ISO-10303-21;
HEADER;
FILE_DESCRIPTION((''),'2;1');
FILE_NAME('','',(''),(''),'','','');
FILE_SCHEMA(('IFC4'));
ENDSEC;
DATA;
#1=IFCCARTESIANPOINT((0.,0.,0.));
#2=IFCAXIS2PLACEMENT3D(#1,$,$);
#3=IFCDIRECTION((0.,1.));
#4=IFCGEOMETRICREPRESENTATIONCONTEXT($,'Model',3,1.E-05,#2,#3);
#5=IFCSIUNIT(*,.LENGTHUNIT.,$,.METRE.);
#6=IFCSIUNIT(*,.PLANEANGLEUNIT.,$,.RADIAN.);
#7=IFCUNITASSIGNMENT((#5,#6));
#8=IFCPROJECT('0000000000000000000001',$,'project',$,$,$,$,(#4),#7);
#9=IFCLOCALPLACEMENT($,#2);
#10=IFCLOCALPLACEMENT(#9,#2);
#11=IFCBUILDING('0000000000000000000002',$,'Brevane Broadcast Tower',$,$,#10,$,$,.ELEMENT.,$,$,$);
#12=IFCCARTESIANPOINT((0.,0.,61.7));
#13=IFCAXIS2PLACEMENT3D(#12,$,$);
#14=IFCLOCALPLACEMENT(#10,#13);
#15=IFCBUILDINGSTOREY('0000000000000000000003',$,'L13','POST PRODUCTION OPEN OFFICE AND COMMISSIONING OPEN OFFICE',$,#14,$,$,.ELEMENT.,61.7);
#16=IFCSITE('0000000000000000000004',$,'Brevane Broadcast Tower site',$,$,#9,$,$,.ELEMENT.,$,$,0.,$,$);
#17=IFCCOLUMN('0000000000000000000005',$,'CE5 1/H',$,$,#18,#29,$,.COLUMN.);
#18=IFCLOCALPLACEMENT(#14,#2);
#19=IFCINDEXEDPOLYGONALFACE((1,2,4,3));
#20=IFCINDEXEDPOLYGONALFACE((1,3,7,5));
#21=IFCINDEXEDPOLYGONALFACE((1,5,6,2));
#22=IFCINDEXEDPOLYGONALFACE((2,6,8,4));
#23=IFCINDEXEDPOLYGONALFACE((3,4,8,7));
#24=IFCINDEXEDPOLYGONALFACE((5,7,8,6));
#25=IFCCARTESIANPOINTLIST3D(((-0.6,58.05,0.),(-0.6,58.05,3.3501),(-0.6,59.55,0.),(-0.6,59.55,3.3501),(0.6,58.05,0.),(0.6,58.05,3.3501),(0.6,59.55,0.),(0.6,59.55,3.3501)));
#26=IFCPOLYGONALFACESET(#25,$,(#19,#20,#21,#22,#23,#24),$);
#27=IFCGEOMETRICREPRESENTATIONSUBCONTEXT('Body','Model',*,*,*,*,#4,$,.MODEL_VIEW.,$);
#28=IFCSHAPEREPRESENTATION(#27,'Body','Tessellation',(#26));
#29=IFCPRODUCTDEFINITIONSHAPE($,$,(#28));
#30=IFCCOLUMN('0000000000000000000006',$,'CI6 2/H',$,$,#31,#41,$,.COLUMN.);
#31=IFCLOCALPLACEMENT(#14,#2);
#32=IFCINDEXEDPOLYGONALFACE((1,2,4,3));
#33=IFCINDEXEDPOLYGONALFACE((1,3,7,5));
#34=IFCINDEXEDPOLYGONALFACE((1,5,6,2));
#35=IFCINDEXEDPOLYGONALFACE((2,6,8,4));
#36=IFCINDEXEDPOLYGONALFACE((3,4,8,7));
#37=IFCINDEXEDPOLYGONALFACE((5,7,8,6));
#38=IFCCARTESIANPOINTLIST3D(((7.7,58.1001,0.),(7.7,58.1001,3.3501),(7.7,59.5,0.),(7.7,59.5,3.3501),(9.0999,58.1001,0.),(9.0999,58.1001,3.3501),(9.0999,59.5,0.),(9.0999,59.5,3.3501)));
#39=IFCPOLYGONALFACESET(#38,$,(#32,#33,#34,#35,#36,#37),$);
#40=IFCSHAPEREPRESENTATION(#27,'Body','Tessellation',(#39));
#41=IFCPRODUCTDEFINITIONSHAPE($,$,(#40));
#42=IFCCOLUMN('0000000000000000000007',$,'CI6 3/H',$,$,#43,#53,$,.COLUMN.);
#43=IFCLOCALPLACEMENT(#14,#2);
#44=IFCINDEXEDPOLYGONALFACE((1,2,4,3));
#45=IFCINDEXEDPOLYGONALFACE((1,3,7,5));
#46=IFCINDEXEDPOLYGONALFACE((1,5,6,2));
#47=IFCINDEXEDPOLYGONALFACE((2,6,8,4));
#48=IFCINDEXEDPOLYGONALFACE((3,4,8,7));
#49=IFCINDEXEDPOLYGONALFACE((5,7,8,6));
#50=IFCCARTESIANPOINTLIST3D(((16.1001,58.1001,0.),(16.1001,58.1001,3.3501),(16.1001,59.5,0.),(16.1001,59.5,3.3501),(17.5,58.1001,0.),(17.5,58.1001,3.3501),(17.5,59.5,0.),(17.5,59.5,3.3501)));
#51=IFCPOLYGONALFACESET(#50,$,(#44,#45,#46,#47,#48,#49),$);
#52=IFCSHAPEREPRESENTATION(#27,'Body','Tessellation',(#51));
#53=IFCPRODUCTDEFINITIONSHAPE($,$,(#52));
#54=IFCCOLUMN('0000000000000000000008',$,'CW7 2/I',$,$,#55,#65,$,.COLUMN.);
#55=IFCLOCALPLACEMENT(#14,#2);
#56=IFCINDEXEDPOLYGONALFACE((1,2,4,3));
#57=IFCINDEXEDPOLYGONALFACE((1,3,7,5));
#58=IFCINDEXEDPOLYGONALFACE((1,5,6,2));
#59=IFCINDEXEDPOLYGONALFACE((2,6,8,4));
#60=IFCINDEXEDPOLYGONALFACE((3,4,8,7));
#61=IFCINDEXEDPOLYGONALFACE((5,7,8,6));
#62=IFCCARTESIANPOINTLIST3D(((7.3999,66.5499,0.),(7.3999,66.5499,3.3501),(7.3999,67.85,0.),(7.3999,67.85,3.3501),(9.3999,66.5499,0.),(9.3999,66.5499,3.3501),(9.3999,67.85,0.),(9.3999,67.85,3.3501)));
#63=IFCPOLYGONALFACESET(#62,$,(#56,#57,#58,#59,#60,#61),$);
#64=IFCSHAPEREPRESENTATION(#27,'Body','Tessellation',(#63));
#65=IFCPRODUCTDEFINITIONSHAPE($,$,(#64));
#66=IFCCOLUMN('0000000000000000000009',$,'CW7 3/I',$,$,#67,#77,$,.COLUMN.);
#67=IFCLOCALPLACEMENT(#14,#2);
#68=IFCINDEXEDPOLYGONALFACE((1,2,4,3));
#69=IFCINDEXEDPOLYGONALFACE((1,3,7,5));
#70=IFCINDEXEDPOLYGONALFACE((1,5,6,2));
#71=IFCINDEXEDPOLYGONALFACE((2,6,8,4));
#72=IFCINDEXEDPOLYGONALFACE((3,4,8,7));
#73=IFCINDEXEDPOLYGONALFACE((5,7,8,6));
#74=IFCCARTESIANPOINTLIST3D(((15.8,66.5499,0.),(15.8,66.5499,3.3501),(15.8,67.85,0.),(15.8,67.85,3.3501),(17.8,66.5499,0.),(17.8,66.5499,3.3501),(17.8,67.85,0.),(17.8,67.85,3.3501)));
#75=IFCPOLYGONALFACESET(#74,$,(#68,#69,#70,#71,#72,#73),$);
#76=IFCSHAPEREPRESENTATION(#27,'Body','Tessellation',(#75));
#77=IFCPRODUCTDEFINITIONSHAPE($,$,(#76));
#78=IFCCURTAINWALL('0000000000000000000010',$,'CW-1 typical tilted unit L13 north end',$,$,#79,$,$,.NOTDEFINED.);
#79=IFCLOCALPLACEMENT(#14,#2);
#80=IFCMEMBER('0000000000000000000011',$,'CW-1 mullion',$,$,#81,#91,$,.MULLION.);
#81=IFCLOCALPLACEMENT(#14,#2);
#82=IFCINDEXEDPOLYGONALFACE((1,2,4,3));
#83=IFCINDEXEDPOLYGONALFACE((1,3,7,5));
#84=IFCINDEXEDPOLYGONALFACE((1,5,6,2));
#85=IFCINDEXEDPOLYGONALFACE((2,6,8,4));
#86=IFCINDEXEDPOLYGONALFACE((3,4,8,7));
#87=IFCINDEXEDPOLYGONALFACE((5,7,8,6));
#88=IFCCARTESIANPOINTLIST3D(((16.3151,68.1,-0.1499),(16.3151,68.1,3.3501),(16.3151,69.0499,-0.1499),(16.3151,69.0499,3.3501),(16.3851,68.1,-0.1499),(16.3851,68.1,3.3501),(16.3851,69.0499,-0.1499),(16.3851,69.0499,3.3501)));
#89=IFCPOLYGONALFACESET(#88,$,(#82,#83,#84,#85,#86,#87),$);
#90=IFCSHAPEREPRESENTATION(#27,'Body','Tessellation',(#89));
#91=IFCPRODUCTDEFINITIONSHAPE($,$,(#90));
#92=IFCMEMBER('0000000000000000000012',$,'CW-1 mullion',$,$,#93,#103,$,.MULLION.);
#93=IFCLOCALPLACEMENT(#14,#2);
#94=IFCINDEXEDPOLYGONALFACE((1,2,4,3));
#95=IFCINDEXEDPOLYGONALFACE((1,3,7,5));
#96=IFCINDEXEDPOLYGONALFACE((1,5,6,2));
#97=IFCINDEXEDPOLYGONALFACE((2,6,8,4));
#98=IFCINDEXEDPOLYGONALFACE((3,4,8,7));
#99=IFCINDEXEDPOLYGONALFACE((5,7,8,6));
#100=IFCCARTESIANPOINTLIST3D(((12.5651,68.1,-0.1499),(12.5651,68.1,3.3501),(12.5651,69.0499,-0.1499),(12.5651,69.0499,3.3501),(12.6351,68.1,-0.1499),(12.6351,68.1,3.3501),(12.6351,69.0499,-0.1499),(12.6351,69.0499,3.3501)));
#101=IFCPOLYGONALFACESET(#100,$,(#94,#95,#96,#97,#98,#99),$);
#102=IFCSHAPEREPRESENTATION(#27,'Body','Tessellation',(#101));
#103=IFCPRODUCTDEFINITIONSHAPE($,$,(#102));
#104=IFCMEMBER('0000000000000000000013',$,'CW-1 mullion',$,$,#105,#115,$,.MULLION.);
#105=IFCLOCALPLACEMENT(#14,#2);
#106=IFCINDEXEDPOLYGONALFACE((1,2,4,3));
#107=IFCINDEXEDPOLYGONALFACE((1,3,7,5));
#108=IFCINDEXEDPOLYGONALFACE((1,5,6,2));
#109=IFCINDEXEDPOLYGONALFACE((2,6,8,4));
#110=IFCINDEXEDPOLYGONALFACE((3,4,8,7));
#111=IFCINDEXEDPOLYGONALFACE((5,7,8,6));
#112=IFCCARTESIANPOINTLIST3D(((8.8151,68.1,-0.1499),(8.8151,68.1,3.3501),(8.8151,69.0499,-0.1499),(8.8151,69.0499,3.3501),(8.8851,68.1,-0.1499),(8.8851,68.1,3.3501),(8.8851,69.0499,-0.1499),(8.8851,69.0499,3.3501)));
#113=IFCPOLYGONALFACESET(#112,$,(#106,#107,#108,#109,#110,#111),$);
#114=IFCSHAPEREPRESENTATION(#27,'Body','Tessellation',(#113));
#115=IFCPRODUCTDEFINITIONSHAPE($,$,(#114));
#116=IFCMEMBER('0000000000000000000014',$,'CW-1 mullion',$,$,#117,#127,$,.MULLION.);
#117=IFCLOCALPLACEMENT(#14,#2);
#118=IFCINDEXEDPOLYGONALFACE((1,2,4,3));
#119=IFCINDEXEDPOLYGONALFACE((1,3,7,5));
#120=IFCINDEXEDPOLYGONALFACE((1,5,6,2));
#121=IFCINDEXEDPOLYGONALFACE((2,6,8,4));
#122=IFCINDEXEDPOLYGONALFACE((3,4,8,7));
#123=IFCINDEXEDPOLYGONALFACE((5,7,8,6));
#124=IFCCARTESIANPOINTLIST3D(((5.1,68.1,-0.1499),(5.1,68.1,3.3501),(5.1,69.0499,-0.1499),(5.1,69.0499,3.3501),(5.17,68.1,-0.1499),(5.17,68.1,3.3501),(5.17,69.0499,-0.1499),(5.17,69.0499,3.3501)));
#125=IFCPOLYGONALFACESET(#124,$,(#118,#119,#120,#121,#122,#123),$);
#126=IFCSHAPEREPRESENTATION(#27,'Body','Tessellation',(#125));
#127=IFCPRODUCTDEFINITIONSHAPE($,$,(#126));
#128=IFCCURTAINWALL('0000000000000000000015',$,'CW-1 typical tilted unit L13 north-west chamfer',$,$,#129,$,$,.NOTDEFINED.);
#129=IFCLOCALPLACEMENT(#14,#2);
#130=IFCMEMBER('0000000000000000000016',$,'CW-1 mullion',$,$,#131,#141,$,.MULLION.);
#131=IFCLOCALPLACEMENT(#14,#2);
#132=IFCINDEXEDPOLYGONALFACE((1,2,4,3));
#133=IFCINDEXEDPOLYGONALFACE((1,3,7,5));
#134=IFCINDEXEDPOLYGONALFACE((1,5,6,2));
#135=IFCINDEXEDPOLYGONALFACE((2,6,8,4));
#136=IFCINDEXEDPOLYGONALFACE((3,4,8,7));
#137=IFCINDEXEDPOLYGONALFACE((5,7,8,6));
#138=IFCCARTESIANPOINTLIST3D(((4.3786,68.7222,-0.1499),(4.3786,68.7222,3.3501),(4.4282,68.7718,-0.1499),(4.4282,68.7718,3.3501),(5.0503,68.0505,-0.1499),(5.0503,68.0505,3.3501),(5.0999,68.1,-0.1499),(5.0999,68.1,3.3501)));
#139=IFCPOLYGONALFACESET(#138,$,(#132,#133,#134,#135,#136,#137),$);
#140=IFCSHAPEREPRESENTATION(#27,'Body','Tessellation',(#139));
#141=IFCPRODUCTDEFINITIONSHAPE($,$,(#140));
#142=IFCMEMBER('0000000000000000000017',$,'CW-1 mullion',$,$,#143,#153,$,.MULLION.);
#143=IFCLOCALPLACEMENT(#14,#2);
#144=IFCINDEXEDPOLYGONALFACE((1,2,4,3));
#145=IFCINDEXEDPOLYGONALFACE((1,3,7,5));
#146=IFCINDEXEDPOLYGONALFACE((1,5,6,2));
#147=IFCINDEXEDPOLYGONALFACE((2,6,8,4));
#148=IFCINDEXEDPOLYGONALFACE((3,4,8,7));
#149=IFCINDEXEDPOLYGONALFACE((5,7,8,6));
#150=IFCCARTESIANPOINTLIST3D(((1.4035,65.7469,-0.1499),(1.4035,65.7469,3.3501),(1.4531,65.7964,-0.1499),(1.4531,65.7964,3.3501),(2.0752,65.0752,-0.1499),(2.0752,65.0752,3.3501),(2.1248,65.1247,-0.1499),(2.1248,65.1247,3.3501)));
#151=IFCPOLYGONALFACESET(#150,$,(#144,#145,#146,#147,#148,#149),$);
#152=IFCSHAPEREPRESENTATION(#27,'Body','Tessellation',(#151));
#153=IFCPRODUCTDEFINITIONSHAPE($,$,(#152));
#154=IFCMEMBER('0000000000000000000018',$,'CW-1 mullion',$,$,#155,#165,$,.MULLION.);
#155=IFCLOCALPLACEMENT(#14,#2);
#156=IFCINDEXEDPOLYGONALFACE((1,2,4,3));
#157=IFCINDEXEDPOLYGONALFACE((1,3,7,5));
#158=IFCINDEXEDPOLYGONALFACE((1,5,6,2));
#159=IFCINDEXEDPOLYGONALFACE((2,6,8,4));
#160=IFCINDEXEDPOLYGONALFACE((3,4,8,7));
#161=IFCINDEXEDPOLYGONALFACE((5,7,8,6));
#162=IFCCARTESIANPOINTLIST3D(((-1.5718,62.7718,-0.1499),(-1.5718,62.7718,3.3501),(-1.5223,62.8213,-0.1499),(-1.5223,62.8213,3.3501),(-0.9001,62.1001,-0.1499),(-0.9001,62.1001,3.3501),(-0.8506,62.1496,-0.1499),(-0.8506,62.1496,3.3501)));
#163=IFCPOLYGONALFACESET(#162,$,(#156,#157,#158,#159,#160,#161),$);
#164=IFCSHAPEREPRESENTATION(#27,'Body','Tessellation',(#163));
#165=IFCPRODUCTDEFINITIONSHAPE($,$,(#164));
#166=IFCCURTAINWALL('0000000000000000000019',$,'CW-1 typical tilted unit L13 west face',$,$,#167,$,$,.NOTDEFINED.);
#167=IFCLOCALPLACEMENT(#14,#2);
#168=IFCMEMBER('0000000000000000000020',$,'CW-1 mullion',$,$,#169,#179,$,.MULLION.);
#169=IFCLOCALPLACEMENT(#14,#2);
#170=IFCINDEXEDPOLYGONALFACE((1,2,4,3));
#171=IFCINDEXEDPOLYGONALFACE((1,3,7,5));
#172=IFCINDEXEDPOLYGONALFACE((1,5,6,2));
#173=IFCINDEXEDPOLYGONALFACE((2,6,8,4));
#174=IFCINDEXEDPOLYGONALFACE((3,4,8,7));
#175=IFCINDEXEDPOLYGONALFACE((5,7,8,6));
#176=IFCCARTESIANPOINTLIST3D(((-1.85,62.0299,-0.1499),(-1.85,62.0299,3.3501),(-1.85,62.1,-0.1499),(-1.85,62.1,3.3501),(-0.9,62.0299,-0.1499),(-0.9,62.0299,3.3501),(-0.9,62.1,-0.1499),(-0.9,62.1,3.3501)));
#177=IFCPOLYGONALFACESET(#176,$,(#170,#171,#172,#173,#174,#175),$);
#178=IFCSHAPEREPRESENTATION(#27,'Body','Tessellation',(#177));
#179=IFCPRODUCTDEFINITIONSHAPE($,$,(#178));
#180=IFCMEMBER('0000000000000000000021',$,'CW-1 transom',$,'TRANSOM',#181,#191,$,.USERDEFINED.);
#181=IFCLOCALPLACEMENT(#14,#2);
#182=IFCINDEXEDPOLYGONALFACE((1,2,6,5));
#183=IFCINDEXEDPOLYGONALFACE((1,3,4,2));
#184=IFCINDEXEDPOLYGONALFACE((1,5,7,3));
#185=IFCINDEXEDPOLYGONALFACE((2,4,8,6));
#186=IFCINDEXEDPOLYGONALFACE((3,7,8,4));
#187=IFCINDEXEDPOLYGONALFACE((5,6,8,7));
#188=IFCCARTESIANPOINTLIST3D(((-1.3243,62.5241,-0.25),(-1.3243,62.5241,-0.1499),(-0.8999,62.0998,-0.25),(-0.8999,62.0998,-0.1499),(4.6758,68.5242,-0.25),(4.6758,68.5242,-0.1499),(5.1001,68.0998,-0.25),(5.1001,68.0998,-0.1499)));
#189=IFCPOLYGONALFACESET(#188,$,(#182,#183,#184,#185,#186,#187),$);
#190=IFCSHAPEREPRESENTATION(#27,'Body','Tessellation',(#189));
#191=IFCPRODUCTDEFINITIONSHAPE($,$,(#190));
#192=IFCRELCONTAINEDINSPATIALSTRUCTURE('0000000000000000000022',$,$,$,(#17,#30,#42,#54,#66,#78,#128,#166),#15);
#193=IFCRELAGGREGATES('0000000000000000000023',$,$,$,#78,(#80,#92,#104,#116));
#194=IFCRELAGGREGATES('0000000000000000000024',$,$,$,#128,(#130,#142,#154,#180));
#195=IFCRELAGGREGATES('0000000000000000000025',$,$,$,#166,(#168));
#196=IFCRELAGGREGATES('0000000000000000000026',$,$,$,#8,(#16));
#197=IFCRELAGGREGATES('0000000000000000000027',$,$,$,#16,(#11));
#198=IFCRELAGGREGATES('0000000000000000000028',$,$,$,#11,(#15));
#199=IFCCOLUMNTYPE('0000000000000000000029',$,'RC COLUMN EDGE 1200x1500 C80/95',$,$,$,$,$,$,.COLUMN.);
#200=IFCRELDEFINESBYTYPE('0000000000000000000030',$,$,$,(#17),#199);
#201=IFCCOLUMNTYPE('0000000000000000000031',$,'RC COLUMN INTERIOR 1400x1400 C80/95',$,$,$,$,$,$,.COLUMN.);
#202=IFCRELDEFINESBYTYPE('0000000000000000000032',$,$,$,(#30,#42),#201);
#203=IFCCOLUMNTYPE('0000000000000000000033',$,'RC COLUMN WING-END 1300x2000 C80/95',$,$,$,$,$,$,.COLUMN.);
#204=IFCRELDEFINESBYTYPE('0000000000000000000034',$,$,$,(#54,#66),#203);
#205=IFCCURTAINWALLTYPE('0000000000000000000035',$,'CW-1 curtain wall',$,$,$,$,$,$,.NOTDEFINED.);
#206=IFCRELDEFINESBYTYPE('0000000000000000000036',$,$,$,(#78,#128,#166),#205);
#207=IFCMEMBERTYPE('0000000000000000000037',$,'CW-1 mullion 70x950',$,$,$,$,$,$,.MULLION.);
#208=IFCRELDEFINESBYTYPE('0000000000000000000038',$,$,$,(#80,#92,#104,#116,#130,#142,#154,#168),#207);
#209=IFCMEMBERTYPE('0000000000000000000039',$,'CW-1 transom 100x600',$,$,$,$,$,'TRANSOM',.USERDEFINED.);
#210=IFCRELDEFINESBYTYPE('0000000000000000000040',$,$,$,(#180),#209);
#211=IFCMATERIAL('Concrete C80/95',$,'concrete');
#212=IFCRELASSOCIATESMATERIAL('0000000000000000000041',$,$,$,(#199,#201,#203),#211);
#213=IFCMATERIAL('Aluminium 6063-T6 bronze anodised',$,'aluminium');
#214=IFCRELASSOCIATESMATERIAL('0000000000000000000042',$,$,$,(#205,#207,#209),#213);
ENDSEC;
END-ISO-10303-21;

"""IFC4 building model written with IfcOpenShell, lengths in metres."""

from ifc_helpers import new_model, si_unit, direction, frame, origin, origin_2d, place, context, subcontext, project, spatial, rectangle, extrude, material, material_profile, profile_set, type_object, element, aggregate, save


model = new_model("IFC4")

# Units and contexts
model_context = context("Model", 3, precision=1e-05, world=origin(), true_north=direction((0.0, 1.0)))
body_context = subcontext(model_context, "Body", "Model", "MODEL_VIEW")
ifc_project = project(units=[si_unit("LENGTHUNIT", "METRE"), si_unit("PLANEANGLEUNIT", "RADIAN")], contexts=[model_context])

# Site, building, storey
site_placement = place(None, origin())
site = spatial("IfcSite", under=ifc_project, at=site_placement, Name="Brevane Broadcast Tower site", CompositionType="ELEMENT", RefElevation=0.0)
building_placement = place(site_placement, origin())
building = spatial("IfcBuilding", under=site, at=building_placement, Name="Brevane Broadcast Tower", CompositionType="ELEMENT")
storey_placement = place(building_placement, frame((0.0, 0.0, 61.7)))
storey = spatial("IfcBuildingStorey", under=building, at=storey_placement, Name="L13", Description="POST PRODUCTION OPEN OFFICE AND COMMISSIONING OPEN OFFICE", CompositionType="ELEMENT", Elevation=61.7)

# Columns
ifc_material_1 = material(Name="Concrete C80/95", Category="concrete")
ifc_material_profile_1 = material_profile(ifc_material_1, rectangle(XDim=1.2, YDim=1.5, at=origin_2d()), Name="RC 1200x1500")
ifc_profile_set_1 = profile_set([ifc_material_profile_1], Name="Concrete C80/95")
column_type_1 = type_object("IfcColumnType", Name="RC COLUMN EDGE 1200x1500 C80/95", PredefinedType="COLUMN", material=ifc_profile_set_1)
column_placement = place(storey_placement, frame((0.0, 58.8, 0.0), z_axis=(0.0, 0.0, 1.0), x_axis=(1.0, 0.0, 0.0)))
element("IfcColumn", 1, at=column_placement, inside=storey, type_object=column_type_1, Name="CE5 1/H", PredefinedType="COLUMN", context=body_context, shape_type="SweptSolid", body=[
    extrude(rectangle(XDim=1.2, YDim=1.5, at=origin_2d()), origin(), (0.0, 0.0, 1.0), 3.3501),
])
ifc_material_profile_2 = material_profile(ifc_material_1, rectangle(XDim=1.3999, YDim=1.3999, at=origin_2d()), Name="RC 1400x1400")
ifc_profile_set_2 = profile_set([ifc_material_profile_2], Name="Concrete C80/95")
column_type_2 = type_object("IfcColumnType", Name="RC COLUMN INTERIOR 1400x1400 C80/95", PredefinedType="COLUMN", material=ifc_profile_set_2)
for number, where, z_axis, x_axis, name in (
    (2, (8.3999, 58.8, 0.0), (0.0, 0.0, 1.0), (1.0, 0.0, 0.0), "CI6 2/H"),
    (3, (16.8, 58.8, 0.0), (0.0, 0.0, 1.0), (1.0, 0.0, 0.0), "CI6 3/H"),
):
    element("IfcColumn", number, at=place(storey_placement, frame(where, z_axis=z_axis, x_axis=x_axis)), inside=storey, type_object=column_type_2, Name=name, PredefinedType="COLUMN", context=body_context, shape_type="SweptSolid", body=[
        extrude(rectangle(XDim=1.3999, YDim=1.3999, at=origin_2d()), origin(), (0.0, 0.0, 1.0), 3.3501),
    ])
ifc_material_profile_3 = material_profile(ifc_material_1, rectangle(XDim=1.3, YDim=2.0, at=origin_2d()), Name="RC 1300x2000")
ifc_profile_set_3 = profile_set([ifc_material_profile_3], Name="Concrete C80/95")
column_type_3 = type_object("IfcColumnType", Name="RC COLUMN WING-END 1300x2000 C80/95", PredefinedType="COLUMN", material=ifc_profile_set_3)
for number, where, z_axis, x_axis, name in (
    (4, (8.3999, 67.2, 0.0), (0.0, 0.0, 1.0), (0.0, 1.0, 0.0), "CW7 2/I"),
    (5, (16.8, 67.2, 0.0), (0.0, 0.0, 1.0), (0.0, 1.0, 0.0), "CW7 3/I"),
):
    element("IfcColumn", number, at=place(storey_placement, frame(where, z_axis=z_axis, x_axis=x_axis)), inside=storey, type_object=column_type_3, Name=name, PredefinedType="COLUMN", context=body_context, shape_type="SweptSolid", body=[
        extrude(rectangle(XDim=1.3, YDim=2.0, at=origin_2d()), origin(), (0.0, 0.0, 1.0), 3.3501),
    ])

# Curtain walls, members
ifc_material_2 = material(Name="Aluminium 6063-T6 bronze anodised", Category="aluminium")
curtain_wall_type = type_object("IfcCurtainWallType", Name="CW-1 curtain wall", PredefinedType="NOTDEFINED", material=ifc_material_2)
curtain_wall_1_placement = place(storey_placement, origin())
curtain_wall_1 = element("IfcCurtainWall", 6, at=curtain_wall_1_placement, inside=storey, type_object=curtain_wall_type, Name="CW-1 typical tilted unit L13 north end", PredefinedType="NOTDEFINED")
ifc_material_profile_4 = material_profile(ifc_material_2, rectangle(XDim=0.95, YDim=0.0701, at=origin_2d()), Name="RECT 70x950")
ifc_profile_set_4 = profile_set([ifc_material_profile_4], Name="Aluminium 6063-T6 bronze anodised")
member_type_1 = type_object("IfcMemberType", Name="CW-1 mullion 70x950", PredefinedType="MULLION", material=ifc_profile_set_4)
member_1_placement = place(storey_placement, frame((16.3501, 68.575, -0.1499), z_axis=(0.0, 0.0, 1.0), x_axis=(0.0, -1.0, 0.0)))
member_1 = element("IfcMember", 7, at=member_1_placement, type_object=member_type_1, Name="CW-1 mullion", PredefinedType="MULLION", context=body_context, shape_type="SweptSolid", body=[
    extrude(rectangle(XDim=0.95, YDim=0.0701, at=origin_2d()), origin(), (0.0, 0.0, 1.0), 3.5),
])
member_2_placement = place(storey_placement, frame((12.6001, 68.575, -0.1499), z_axis=(0.0, 0.0, 1.0), x_axis=(0.0, -1.0, 0.0)))
member_2 = element("IfcMember", 8, at=member_2_placement, type_object=member_type_1, Name="CW-1 mullion", PredefinedType="MULLION", context=body_context, shape_type="SweptSolid", body=[
    extrude(rectangle(XDim=0.95, YDim=0.0701, at=origin_2d()), origin(), (0.0, 0.0, 1.0), 3.5),
])
member_3_placement = place(storey_placement, frame((8.8501, 68.575, -0.1499), z_axis=(0.0, 0.0, 1.0), x_axis=(0.0, -1.0, 0.0)))
member_3 = element("IfcMember", 9, at=member_3_placement, type_object=member_type_1, Name="CW-1 mullion", PredefinedType="MULLION", context=body_context, shape_type="SweptSolid", body=[
    extrude(rectangle(XDim=0.95, YDim=0.0701, at=origin_2d()), origin(), (0.0, 0.0, 1.0), 3.5),
])
member_4_placement = place(storey_placement, frame((5.135, 68.575, -0.1499), z_axis=(0.0, 0.0, 1.0), x_axis=(0.0, -1.0, 0.0)))
member_4 = element("IfcMember", 10, at=member_4_placement, type_object=member_type_1, Name="CW-1 mullion", PredefinedType="MULLION", context=body_context, shape_type="SweptSolid", body=[
    extrude(rectangle(XDim=0.95, YDim=0.0701, at=origin_2d()), origin(), (0.0, 0.0, 1.0), 3.5),
])
aggregate(curtain_wall_1, [member_1, member_2, member_3, member_4])
curtain_wall_2_placement = place(storey_placement, origin())
curtain_wall_2 = element("IfcCurtainWall", 11, at=curtain_wall_2_placement, inside=storey, type_object=curtain_wall_type, Name="CW-1 typical tilted unit L13 north-west chamfer", PredefinedType="NOTDEFINED")
member_5_placement = place(storey_placement, frame((4.7393, 68.4111, -0.1499), z_axis=(0.0, 0.0, 1.0), x_axis=(0.707107, -0.707107, 0.0)))
member_5 = element("IfcMember", 12, at=member_5_placement, type_object=member_type_1, Name="CW-1 mullion", PredefinedType="MULLION", context=body_context, shape_type="SweptSolid", body=[
    extrude(rectangle(XDim=0.95, YDim=0.0701, at=origin_2d()), origin(), (0.0, 0.0, 1.0), 3.5),
])
member_6_placement = place(storey_placement, frame((1.7642, 65.4358, -0.1499), z_axis=(0.0, 0.0, 1.0), x_axis=(0.707107, -0.707107, 0.0)))
member_6 = element("IfcMember", 13, at=member_6_placement, type_object=member_type_1, Name="CW-1 mullion", PredefinedType="MULLION", context=body_context, shape_type="SweptSolid", body=[
    extrude(rectangle(XDim=0.95, YDim=0.0701, at=origin_2d()), origin(), (0.0, 0.0, 1.0), 3.5),
])
member_7_placement = place(storey_placement, frame((-1.2112, 62.4607, -0.1499), z_axis=(0.0, 0.0, 1.0), x_axis=(0.707107, -0.707107, 0.0)))
member_7 = element("IfcMember", 14, at=member_7_placement, type_object=member_type_1, Name="CW-1 mullion", PredefinedType="MULLION", context=body_context, shape_type="SweptSolid", body=[
    extrude(rectangle(XDim=0.95, YDim=0.0701, at=origin_2d()), origin(), (0.0, 0.0, 1.0), 3.5),
])

# Curtain wall, member
curtain_wall_3_placement = place(storey_placement, origin())
curtain_wall_3 = element("IfcCurtainWall", 15, at=curtain_wall_3_placement, inside=storey, type_object=curtain_wall_type, Name="CW-1 typical tilted unit L13 west face", PredefinedType="NOTDEFINED")
member_8_placement = place(storey_placement, frame((-1.375, 62.0649, -0.1499), z_axis=(0.0, 0.0, 1.0), x_axis=(1.0, 0.0, 0.0)))
member_8 = element("IfcMember", 16, at=member_8_placement, type_object=member_type_1, Name="CW-1 mullion", PredefinedType="MULLION", context=body_context, shape_type="SweptSolid", body=[
    extrude(rectangle(XDim=0.95, YDim=0.0701, at=origin_2d()), origin(), (0.0, 0.0, 1.0), 3.5),
])

# Member
ifc_material_profile_5 = material_profile(ifc_material_2, rectangle(XDim=0.6001, YDim=0.1001, at=origin_2d()), Name="RECT 100x600")
ifc_profile_set_5 = profile_set([ifc_material_profile_5], Name="Aluminium 6063-T6 bronze anodised")
member_type_2 = type_object("IfcMemberType", Name="CW-1 transom 100x600", ElementType="TRANSOM", PredefinedType="USERDEFINED", material=ifc_profile_set_5)
member_9_placement = place(storey_placement, frame((4.8879, 68.312, -0.2), z_axis=(-0.707107, -0.707107, 0.0), x_axis=(0.707107, -0.707107, 0.0)))
member_9 = element("IfcMember", 17, at=member_9_placement, type_object=member_type_2, Name="CW-1 transom", ObjectType="TRANSOM", PredefinedType="USERDEFINED", context=body_context, shape_type="SweptSolid", body=[
    extrude(rectangle(XDim=0.6001, YDim=0.1001, at=origin_2d()), origin(), (0.0, 0.0, 1.0), 8.4854),
])
aggregate(curtain_wall_2, [member_5, member_6, member_7, member_9])
aggregate(curtain_wall_3, [member_8])

save(model, "model.ifc")
